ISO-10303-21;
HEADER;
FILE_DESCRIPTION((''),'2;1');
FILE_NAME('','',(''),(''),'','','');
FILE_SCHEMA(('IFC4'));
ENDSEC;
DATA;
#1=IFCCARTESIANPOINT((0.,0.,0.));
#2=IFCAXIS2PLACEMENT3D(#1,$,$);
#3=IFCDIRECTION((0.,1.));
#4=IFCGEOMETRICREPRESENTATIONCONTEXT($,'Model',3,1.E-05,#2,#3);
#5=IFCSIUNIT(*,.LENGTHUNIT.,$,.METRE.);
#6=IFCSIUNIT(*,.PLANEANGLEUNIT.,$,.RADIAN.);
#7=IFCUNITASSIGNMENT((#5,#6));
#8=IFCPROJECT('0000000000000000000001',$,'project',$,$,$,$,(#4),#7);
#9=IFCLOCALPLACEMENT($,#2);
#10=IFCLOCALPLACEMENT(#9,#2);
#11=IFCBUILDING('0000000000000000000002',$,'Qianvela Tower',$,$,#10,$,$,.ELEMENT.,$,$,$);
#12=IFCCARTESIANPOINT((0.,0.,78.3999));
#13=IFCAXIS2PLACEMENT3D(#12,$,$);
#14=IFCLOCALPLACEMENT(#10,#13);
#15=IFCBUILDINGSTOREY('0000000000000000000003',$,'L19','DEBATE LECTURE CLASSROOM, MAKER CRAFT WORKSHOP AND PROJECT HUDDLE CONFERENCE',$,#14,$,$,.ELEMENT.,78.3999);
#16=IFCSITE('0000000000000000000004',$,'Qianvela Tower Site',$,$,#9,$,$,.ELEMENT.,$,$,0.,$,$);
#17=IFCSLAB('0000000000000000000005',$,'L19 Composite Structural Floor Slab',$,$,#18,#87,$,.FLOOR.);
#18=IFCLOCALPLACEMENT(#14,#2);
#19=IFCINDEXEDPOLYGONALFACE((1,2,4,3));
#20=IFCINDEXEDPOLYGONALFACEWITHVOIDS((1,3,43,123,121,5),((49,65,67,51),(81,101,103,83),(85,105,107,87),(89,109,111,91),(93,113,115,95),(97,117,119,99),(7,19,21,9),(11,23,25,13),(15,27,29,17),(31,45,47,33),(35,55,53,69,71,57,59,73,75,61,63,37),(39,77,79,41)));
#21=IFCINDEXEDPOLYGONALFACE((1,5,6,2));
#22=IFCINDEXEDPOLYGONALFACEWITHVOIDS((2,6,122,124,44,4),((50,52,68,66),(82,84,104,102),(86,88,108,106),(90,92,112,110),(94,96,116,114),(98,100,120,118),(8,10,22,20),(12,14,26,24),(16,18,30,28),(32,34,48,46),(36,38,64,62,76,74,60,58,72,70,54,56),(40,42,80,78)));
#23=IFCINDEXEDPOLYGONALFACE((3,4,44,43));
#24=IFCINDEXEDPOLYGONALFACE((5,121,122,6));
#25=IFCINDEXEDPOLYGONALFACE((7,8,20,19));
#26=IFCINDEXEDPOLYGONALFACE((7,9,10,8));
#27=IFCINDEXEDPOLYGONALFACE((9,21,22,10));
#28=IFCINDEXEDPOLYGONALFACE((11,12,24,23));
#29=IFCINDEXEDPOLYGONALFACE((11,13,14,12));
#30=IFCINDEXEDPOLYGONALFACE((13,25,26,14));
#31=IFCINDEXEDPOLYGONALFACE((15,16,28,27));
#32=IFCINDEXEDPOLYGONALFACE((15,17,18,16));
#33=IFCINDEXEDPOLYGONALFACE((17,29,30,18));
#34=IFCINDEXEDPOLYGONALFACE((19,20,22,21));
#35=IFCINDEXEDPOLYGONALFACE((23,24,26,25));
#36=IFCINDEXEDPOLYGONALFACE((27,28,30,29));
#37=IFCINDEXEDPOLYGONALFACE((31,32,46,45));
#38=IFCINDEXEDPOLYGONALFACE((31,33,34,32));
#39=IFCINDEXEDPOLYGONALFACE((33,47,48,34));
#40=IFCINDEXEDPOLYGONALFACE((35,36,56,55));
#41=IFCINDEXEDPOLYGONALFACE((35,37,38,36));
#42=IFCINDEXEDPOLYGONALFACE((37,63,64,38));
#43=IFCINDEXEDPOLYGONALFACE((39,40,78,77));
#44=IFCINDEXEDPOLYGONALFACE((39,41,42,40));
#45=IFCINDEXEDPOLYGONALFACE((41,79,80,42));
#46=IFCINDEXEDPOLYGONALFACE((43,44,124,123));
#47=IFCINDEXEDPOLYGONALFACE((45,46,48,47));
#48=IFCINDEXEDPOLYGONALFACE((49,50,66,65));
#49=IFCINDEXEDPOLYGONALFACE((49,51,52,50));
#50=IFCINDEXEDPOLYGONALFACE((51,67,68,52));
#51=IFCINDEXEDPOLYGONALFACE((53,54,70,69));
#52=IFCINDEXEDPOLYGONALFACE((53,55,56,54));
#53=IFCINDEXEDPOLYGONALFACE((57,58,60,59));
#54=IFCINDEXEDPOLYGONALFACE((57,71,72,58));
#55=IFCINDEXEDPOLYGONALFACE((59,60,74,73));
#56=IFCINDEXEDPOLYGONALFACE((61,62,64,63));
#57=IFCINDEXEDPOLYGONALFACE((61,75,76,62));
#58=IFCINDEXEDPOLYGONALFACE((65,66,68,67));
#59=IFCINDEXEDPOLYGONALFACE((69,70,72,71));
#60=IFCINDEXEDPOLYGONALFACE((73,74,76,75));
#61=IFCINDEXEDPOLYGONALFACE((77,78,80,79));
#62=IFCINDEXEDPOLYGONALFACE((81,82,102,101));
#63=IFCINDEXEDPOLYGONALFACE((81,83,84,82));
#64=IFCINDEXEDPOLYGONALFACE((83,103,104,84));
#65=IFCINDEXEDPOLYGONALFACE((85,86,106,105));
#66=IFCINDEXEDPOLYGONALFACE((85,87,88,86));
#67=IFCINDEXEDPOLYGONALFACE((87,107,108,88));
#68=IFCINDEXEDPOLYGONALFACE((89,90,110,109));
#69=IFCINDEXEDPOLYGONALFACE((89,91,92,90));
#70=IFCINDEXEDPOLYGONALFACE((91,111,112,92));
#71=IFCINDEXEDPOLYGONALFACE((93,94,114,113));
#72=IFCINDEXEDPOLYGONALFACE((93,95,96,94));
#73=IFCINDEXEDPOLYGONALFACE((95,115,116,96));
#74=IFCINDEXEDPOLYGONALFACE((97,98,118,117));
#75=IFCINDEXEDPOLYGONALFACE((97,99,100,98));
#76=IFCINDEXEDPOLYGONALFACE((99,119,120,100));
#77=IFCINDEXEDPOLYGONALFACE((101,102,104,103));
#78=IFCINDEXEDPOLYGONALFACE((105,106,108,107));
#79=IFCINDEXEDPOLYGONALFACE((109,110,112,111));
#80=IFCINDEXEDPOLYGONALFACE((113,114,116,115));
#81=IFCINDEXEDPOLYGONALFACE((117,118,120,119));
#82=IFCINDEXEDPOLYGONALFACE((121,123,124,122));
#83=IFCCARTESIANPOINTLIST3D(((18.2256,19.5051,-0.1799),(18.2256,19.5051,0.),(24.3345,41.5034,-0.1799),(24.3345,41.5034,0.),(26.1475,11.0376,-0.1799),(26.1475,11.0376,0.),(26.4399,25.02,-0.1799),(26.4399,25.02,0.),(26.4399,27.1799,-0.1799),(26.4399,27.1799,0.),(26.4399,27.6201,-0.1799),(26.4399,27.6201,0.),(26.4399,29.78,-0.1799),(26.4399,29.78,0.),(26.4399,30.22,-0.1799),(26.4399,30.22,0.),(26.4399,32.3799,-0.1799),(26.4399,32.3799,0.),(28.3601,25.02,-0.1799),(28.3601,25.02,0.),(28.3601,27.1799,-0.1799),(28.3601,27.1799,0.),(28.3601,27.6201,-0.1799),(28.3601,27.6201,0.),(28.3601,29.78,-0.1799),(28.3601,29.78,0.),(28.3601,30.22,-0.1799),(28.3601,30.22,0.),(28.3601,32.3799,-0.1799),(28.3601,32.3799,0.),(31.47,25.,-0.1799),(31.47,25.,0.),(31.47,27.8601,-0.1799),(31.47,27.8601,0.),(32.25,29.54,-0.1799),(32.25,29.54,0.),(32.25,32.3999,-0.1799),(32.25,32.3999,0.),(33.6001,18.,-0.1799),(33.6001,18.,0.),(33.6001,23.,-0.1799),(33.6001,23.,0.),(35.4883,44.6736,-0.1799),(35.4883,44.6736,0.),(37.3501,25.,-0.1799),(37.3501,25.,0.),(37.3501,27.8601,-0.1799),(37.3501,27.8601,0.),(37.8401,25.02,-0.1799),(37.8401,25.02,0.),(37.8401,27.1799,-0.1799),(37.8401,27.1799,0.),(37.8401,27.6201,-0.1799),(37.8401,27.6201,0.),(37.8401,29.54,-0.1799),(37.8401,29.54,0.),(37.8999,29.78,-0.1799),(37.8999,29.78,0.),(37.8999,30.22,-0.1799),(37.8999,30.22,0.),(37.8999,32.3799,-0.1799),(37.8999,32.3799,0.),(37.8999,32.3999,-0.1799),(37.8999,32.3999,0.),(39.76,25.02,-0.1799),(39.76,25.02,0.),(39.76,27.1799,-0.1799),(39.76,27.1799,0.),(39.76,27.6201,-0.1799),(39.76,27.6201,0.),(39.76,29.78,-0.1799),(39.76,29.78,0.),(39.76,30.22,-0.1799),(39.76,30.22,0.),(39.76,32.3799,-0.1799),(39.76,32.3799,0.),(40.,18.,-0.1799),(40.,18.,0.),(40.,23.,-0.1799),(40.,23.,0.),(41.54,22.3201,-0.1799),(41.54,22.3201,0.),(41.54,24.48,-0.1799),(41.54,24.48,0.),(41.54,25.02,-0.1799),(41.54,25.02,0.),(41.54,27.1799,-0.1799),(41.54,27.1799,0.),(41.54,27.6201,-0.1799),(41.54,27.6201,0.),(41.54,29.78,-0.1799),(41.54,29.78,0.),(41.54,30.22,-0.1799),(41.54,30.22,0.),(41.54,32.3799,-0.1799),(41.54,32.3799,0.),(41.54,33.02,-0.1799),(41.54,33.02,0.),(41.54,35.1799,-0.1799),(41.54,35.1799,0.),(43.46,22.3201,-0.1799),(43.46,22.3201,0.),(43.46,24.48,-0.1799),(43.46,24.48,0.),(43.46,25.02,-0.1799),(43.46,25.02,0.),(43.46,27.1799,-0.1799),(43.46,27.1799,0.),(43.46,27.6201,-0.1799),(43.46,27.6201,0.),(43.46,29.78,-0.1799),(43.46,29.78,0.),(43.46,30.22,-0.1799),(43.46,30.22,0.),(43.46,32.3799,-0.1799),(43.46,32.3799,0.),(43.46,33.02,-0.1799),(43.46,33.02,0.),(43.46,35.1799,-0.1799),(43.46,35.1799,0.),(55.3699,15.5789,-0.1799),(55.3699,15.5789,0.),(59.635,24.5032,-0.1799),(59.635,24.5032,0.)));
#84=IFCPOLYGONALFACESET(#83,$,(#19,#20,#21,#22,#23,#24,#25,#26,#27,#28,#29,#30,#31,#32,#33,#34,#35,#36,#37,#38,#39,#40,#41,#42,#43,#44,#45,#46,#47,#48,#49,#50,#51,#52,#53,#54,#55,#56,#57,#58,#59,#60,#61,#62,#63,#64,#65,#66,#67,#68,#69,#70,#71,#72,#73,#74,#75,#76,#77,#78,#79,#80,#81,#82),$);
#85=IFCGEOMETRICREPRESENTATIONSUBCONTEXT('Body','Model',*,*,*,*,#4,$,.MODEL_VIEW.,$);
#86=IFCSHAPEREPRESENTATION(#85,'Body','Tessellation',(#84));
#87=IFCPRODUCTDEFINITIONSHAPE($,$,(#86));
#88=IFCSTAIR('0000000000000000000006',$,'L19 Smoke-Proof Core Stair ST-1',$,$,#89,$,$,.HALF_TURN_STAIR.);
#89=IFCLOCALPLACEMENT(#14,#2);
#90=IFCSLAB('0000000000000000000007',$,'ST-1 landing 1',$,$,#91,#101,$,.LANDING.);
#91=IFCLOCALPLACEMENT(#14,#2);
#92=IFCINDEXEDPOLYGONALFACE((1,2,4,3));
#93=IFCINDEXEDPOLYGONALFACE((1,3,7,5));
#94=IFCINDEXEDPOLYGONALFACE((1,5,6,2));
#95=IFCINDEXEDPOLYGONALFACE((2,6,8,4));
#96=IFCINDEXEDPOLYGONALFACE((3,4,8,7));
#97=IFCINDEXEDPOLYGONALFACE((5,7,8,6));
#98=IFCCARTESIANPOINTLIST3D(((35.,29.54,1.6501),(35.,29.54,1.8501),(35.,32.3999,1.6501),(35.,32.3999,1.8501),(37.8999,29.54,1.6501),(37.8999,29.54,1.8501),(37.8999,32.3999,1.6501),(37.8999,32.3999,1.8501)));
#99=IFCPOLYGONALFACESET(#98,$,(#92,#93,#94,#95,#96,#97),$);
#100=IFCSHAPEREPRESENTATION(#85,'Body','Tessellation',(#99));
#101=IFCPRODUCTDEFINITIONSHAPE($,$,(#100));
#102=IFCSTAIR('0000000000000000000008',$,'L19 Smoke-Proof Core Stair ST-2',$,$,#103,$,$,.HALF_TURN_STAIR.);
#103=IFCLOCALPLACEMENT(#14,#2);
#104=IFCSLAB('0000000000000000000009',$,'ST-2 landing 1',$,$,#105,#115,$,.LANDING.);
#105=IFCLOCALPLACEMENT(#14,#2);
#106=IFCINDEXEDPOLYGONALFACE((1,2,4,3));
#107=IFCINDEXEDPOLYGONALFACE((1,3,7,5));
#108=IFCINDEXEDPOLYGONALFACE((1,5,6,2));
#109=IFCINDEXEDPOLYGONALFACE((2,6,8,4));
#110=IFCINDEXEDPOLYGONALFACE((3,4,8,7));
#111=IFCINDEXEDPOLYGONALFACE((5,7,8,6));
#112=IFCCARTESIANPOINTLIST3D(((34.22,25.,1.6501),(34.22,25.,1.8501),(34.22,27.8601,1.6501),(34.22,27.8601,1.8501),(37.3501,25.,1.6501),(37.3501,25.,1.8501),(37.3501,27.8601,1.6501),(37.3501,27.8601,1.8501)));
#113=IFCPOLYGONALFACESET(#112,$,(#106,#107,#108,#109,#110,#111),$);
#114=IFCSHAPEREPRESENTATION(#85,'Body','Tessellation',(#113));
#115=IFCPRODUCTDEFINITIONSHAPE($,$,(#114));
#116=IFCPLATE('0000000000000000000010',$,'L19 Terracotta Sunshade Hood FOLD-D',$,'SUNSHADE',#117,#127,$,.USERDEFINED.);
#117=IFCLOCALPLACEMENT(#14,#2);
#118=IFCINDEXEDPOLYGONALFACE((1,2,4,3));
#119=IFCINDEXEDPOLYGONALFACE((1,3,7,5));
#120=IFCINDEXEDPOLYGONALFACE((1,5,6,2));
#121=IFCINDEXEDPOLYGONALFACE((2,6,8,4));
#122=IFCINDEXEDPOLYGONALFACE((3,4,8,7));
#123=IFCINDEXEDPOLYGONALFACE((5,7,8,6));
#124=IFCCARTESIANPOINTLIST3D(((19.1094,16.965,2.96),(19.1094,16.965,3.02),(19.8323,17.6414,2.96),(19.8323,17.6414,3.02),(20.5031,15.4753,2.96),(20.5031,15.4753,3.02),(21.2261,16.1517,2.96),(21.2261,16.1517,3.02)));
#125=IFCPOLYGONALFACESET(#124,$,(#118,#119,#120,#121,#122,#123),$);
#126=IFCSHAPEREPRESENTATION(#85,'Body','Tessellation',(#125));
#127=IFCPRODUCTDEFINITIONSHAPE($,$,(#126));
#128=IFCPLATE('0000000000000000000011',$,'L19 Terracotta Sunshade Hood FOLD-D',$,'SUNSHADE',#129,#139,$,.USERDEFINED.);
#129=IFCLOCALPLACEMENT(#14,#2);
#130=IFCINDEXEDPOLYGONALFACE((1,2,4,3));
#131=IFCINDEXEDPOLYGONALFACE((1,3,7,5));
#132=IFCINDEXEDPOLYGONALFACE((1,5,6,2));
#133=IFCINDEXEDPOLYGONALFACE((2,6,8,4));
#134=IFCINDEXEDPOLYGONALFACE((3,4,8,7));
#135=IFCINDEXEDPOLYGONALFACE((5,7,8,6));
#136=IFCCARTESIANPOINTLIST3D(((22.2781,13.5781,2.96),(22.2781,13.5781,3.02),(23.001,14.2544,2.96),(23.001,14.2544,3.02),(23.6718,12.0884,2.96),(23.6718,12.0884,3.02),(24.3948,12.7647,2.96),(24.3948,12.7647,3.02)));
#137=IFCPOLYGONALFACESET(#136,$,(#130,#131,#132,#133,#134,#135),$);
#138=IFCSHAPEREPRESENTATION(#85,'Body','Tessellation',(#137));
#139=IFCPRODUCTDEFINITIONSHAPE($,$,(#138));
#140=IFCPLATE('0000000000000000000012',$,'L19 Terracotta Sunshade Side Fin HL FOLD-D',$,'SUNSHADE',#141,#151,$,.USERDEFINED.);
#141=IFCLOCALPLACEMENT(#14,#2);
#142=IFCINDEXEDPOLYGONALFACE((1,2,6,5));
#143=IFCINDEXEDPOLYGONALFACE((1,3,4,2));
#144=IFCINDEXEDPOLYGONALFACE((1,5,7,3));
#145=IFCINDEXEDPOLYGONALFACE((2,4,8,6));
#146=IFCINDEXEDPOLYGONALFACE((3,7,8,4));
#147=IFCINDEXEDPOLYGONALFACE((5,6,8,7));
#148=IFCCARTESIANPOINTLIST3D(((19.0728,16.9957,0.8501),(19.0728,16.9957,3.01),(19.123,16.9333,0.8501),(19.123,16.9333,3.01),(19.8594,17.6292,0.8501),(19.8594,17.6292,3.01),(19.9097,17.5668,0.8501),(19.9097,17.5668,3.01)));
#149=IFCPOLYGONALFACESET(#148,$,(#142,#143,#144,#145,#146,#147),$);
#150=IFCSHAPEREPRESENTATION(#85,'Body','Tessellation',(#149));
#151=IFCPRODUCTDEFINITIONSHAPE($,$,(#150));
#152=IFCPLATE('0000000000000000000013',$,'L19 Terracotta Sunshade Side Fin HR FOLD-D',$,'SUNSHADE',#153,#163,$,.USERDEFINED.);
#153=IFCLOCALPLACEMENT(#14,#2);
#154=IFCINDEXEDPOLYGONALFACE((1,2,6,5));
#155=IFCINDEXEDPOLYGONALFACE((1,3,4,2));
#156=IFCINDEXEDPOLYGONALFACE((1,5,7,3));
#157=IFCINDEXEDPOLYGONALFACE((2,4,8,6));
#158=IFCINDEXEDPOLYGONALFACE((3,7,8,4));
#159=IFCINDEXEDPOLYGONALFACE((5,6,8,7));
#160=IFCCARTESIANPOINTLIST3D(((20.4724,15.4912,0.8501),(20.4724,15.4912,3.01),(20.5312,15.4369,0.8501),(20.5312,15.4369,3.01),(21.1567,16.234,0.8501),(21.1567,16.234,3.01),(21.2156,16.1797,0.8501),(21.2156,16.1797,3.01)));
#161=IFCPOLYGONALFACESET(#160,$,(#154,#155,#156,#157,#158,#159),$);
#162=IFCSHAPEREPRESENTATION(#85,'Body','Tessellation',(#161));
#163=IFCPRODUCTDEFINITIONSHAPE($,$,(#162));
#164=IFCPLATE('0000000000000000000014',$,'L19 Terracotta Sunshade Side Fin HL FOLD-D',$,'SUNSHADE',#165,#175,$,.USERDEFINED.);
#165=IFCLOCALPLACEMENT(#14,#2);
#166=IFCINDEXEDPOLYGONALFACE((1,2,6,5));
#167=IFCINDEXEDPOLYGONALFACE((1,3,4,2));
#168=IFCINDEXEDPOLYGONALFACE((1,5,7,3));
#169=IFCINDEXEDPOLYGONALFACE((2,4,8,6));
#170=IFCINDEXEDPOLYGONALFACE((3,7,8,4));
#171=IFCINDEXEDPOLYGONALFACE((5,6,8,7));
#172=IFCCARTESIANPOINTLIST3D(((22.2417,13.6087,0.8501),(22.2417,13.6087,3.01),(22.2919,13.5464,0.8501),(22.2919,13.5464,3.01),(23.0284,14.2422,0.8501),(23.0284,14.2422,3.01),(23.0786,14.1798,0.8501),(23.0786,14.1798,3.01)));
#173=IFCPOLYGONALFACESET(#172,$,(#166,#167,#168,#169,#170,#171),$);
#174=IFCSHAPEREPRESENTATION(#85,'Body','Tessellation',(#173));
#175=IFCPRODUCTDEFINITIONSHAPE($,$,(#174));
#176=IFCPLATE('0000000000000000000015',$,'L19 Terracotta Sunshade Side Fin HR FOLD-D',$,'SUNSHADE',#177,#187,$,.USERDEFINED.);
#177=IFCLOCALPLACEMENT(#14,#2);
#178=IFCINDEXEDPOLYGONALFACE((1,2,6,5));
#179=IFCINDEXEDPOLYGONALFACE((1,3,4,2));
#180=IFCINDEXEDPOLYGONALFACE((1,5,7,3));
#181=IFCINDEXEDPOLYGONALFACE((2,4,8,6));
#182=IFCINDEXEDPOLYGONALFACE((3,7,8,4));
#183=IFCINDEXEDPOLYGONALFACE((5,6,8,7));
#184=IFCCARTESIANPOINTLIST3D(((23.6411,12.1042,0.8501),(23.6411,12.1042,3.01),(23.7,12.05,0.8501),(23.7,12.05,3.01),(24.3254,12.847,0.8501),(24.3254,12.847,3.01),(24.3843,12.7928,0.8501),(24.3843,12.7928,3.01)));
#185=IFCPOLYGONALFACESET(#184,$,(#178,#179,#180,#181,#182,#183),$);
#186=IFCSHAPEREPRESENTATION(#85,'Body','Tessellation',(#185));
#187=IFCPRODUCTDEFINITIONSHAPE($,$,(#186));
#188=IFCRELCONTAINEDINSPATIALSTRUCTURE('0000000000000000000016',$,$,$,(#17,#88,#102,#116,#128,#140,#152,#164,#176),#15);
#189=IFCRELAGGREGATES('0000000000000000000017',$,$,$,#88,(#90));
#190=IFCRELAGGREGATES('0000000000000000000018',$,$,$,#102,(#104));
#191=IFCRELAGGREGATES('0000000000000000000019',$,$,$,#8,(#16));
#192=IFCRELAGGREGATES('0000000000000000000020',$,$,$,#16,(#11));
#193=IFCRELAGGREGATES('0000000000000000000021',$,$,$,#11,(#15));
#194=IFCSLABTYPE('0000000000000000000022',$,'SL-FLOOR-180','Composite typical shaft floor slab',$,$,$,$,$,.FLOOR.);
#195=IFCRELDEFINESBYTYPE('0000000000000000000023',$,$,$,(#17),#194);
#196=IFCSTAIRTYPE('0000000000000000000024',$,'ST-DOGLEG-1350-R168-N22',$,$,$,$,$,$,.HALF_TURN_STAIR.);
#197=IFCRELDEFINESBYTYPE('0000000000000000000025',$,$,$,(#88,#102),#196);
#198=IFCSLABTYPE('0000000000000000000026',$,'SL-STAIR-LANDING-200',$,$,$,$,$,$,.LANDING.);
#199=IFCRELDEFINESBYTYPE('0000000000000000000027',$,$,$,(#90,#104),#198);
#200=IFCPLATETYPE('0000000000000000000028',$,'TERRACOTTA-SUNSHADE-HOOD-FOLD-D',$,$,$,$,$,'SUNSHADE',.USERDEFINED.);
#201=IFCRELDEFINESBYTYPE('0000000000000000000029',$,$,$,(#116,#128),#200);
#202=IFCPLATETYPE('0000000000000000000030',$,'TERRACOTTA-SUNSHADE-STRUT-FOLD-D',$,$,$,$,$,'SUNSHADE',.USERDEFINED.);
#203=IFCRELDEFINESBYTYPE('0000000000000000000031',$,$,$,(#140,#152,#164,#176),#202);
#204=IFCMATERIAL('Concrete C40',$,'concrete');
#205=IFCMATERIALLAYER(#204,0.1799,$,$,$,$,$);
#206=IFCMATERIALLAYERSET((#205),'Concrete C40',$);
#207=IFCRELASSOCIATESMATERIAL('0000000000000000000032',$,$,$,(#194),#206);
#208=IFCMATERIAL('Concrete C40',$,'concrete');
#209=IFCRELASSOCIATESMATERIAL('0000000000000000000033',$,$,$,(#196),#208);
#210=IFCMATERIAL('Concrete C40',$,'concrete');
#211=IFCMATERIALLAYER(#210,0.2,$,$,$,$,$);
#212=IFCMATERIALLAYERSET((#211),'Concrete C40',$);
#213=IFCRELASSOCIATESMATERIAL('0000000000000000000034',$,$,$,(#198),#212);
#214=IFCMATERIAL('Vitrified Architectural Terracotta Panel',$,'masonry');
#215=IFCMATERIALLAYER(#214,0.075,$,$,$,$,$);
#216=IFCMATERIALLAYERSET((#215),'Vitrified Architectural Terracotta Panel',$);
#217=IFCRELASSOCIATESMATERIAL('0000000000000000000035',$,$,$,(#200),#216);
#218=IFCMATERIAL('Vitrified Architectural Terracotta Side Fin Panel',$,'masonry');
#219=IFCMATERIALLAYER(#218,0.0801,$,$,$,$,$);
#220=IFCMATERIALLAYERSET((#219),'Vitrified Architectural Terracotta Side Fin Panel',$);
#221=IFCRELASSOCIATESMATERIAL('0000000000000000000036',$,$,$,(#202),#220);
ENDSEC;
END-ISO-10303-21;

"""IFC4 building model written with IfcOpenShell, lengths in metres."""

from ifc_helpers import new_model, si_unit, direction, frame, origin, origin_2d, place, context, subcontext, project, spatial, polyline, rectangle, outline, extrude, material, layer, layer_set, type_object, element, aggregate, save


model = new_model("IFC4")

# Units and contexts
model_context = context("Model", 3, precision=1e-05, world=origin(), true_north=direction((0.0, 1.0)))
body_context = subcontext(model_context, "Body", "Model", "MODEL_VIEW")
ifc_project = project(units=[si_unit("LENGTHUNIT", "METRE"), si_unit("PLANEANGLEUNIT", "RADIAN")], contexts=[model_context])

# Site, building, storey
site_placement = place(None, origin())
site = spatial("IfcSite", under=ifc_project, at=site_placement, Name="Qianvela Tower Site", CompositionType="ELEMENT", RefElevation=0.0)
building_placement = place(site_placement, origin())
building = spatial("IfcBuilding", under=site, at=building_placement, Name="Qianvela Tower", CompositionType="ELEMENT")
storey_placement = place(building_placement, frame((0.0, 0.0, 78.3999)))
storey = spatial("IfcBuildingStorey", under=building, at=storey_placement, Name="L19", Description="DEBATE LECTURE CLASSROOM, MAKER CRAFT WORKSHOP AND PROJECT HUDDLE CONFERENCE", CompositionType="ELEMENT", Elevation=78.3999)

# Slab
ifc_material_1 = material(Name="Concrete C40", Category="concrete")
ifc_layer_1 = layer(ifc_material_1, 0.1799)
ifc_layer_set_1 = layer_set([ifc_layer_1], Name="Concrete C40")
slab_type_1 = type_object("IfcSlabType", Name="SL-FLOOR-180", Description="Composite typical shaft floor slab", PredefinedType="FLOOR", material=ifc_layer_set_1)
slab_1_placement = place(storey_placement, frame((0.0, 0.0, -0.1799)))
element("IfcSlab", 1, at=slab_1_placement, inside=storey, type_object=slab_type_1, Name="L19 Composite Structural Floor Slab", PredefinedType="FLOOR", context=body_context, shape_type="SweptSolid", body=[
    extrude(outline(polyline([(55.3699, 15.5789), (59.635, 24.5032), (35.4883, 44.6736), (24.3345, 41.5034), (18.2256, 19.5051), (26.1475, 11.0376), (55.3699, 15.5789)]), holes=[polyline([(40.0, 23.0), (33.6001, 23.0), (33.6001, 18.0), (40.0, 18.0), (40.0, 23.0)]), polyline([(28.3601, 25.02), (28.3601, 27.1799), (26.4399, 27.1799), (26.4399, 25.02), (28.3601, 25.02)]), polyline([(37.3501, 25.0), (37.3501, 27.8601), (31.47, 27.8601), (31.47, 25.0), (37.3501, 25.0)]), polyline([(28.3601, 27.6201), (28.3601, 29.78), (26.4399, 29.78), (26.4399, 27.6201), (28.3601, 27.6201)]), polyline([(37.8999, 32.3799), (37.8999, 32.3999), (32.25, 32.3999), (32.25, 29.54), (37.8401, 29.54), (37.8401, 27.6201), (39.76, 27.6201), (39.76, 29.78), (37.8999, 29.78), (37.8999, 30.22), (39.76, 30.22), (39.76, 32.3799), (37.8999, 32.3799)]), polyline([(28.3601, 30.22), (28.3601, 32.3799), (26.4399, 32.3799), (26.4399, 30.22), (28.3601, 30.22)]), polyline([(43.46, 24.48), (41.54, 24.48), (41.54, 22.3201), (43.46, 22.3201), (43.46, 24.48)]), polyline([(39.76, 25.02), (39.76, 27.1799), (37.8401, 27.1799), (37.8401, 25.02), (39.76, 25.02)]), polyline([(43.46, 25.02), (43.46, 27.1799), (41.54, 27.1799), (41.54, 25.02), (43.46, 25.02)]), polyline([(43.46, 27.6201), (43.46, 29.78), (41.54, 29.78), (41.54, 27.6201), (43.46, 27.6201)]), polyline([(43.46, 30.22), (43.46, 32.3799), (41.54, 32.3799), (41.54, 30.22), (43.46, 30.22)]), polyline([(43.46, 33.02), (43.46, 35.1799), (41.54, 35.1799), (41.54, 33.02), (43.46, 33.02)])]), origin(), (0.0, 0.0, 1.0), 0.1799),
])

# Stairs, slabs
ifc_material_2 = material(Name="Concrete C40", Category="concrete")
stair_type = type_object("IfcStairType", Name="ST-DOGLEG-1350-R168-N22", PredefinedType="HALF_TURN_STAIR", material=ifc_material_2)
stair_1_placement = place(storey_placement, origin())
stair_1 = element("IfcStair", 2, at=stair_1_placement, inside=storey, type_object=stair_type, Name="L19 Smoke-Proof Core Stair ST-1", PredefinedType="HALF_TURN_STAIR")
ifc_material_3 = material(Name="Concrete C40", Category="concrete")
ifc_layer_2 = layer(ifc_material_3, 0.2)
ifc_layer_set_2 = layer_set([ifc_layer_2], Name="Concrete C40")
slab_type_2 = type_object("IfcSlabType", Name="SL-STAIR-LANDING-200", PredefinedType="LANDING", material=ifc_layer_set_2)
slab_2_placement = place(storey_placement, frame((0.0, 0.0, 1.6501)))
slab_2 = element("IfcSlab", 3, at=slab_2_placement, type_object=slab_type_2, Name="ST-1 landing 1", PredefinedType="LANDING", context=body_context, shape_type="SweptSolid", body=[
    extrude(outline(polyline([(35.0, 29.54), (37.8999, 29.54), (37.8999, 32.3999), (35.0, 32.3999), (35.0, 29.54)])), origin(), (0.0, 0.0, 1.0), 0.2),
])
aggregate(stair_1, [slab_2])
stair_2_placement = place(storey_placement, origin())
stair_2 = element("IfcStair", 4, at=stair_2_placement, inside=storey, type_object=stair_type, Name="L19 Smoke-Proof Core Stair ST-2", PredefinedType="HALF_TURN_STAIR")
slab_3_placement = place(storey_placement, frame((0.0, 0.0, 1.6501)))
slab_3 = element("IfcSlab", 5, at=slab_3_placement, type_object=slab_type_2, Name="ST-2 landing 1", PredefinedType="LANDING", context=body_context, shape_type="SweptSolid", body=[
    extrude(outline(polyline([(34.22, 25.0), (37.3501, 25.0), (37.3501, 27.8601), (34.22, 27.8601), (34.22, 25.0)])), origin(), (0.0, 0.0, 1.0), 0.2),
])
aggregate(stair_2, [slab_3])

# Plates
ifc_material_4 = material(Name="Vitrified Architectural Terracotta Panel", Category="masonry")
ifc_layer_3 = layer(ifc_material_4, 0.075)
ifc_layer_set_3 = layer_set([ifc_layer_3], Name="Vitrified Architectural Terracotta Panel")
plate_type_1 = type_object("IfcPlateType", Name="TERRACOTTA-SUNSHADE-HOOD-FOLD-D", ElementType="SUNSHADE", PredefinedType="USERDEFINED", material=ifc_layer_set_3)
for number, where, z_axis, x_axis, name in (
    (6, (20.1677, 16.5583, 2.96), (0.0, 0.0, 1.0), (0.683193, -0.730237, 0.0), "L19 Terracotta Sunshade Hood FOLD-D"),
    (7, (23.3364, 13.1714, 2.96), (0.0, 0.0, 1.0), (0.683193, -0.730237, 0.0), "L19 Terracotta Sunshade Hood FOLD-D"),
):
    element("IfcPlate", number, at=place(storey_placement, frame(where, z_axis=z_axis, x_axis=x_axis)), inside=storey, type_object=plate_type_1, Name=name, ObjectType="SUNSHADE", PredefinedType="USERDEFINED", context=body_context, shape_type="SweptSolid", body=[
        extrude(rectangle(XDim=2.04, YDim=0.99, at=origin_2d()), origin(), (0.0, 0.0, 1.0), 0.0601),
    ])
ifc_material_5 = material(Name="Vitrified Architectural Terracotta Side Fin Panel", Category="masonry")
ifc_layer_4 = layer(ifc_material_5, 0.0801)
ifc_layer_set_4 = layer_set([ifc_layer_4], Name="Vitrified Architectural Terracotta Side Fin Panel")
plate_type_2 = type_object("IfcPlateType", Name="TERRACOTTA-SUNSHADE-STRUT-FOLD-D", ElementType="SUNSHADE", PredefinedType="USERDEFINED", material=ifc_layer_set_4)
for number, where, z_axis, x_axis, name in (
    (8, (19.4912, 17.2812, 0.8501), (0.0, 0.0, 1.0), (0.627198, -0.77886, 0.0), "L19 Terracotta Sunshade Side Fin HL FOLD-D"),
    (9, (20.844, 15.8354, 0.8501), (0.0, 0.0, 1.0), (0.735432, -0.677599, 0.0), "L19 Terracotta Sunshade Side Fin HR FOLD-D"),
    (10, (22.6602, 13.8943, 0.8501), (0.0, 0.0, 1.0), (0.627198, -0.77886, 0.0), "L19 Terracotta Sunshade Side Fin HL FOLD-D"),
    (11, (24.0127, 12.4485, 0.8501), (0.0, 0.0, 1.0), (0.735432, -0.677599, 0.0), "L19 Terracotta Sunshade Side Fin HR FOLD-D"),
):
    element("IfcPlate", number, at=place(storey_placement, frame(where, z_axis=z_axis, x_axis=x_axis)), inside=storey, type_object=plate_type_2, Name=name, ObjectType="SUNSHADE", PredefinedType="USERDEFINED", context=body_context, shape_type="SweptSolid", body=[
        extrude(rectangle(XDim=0.0801, YDim=1.01, at=origin_2d()), origin(), (0.0, 0.0, 1.0), 2.1599),
    ])

save(model, "model.ifc")
